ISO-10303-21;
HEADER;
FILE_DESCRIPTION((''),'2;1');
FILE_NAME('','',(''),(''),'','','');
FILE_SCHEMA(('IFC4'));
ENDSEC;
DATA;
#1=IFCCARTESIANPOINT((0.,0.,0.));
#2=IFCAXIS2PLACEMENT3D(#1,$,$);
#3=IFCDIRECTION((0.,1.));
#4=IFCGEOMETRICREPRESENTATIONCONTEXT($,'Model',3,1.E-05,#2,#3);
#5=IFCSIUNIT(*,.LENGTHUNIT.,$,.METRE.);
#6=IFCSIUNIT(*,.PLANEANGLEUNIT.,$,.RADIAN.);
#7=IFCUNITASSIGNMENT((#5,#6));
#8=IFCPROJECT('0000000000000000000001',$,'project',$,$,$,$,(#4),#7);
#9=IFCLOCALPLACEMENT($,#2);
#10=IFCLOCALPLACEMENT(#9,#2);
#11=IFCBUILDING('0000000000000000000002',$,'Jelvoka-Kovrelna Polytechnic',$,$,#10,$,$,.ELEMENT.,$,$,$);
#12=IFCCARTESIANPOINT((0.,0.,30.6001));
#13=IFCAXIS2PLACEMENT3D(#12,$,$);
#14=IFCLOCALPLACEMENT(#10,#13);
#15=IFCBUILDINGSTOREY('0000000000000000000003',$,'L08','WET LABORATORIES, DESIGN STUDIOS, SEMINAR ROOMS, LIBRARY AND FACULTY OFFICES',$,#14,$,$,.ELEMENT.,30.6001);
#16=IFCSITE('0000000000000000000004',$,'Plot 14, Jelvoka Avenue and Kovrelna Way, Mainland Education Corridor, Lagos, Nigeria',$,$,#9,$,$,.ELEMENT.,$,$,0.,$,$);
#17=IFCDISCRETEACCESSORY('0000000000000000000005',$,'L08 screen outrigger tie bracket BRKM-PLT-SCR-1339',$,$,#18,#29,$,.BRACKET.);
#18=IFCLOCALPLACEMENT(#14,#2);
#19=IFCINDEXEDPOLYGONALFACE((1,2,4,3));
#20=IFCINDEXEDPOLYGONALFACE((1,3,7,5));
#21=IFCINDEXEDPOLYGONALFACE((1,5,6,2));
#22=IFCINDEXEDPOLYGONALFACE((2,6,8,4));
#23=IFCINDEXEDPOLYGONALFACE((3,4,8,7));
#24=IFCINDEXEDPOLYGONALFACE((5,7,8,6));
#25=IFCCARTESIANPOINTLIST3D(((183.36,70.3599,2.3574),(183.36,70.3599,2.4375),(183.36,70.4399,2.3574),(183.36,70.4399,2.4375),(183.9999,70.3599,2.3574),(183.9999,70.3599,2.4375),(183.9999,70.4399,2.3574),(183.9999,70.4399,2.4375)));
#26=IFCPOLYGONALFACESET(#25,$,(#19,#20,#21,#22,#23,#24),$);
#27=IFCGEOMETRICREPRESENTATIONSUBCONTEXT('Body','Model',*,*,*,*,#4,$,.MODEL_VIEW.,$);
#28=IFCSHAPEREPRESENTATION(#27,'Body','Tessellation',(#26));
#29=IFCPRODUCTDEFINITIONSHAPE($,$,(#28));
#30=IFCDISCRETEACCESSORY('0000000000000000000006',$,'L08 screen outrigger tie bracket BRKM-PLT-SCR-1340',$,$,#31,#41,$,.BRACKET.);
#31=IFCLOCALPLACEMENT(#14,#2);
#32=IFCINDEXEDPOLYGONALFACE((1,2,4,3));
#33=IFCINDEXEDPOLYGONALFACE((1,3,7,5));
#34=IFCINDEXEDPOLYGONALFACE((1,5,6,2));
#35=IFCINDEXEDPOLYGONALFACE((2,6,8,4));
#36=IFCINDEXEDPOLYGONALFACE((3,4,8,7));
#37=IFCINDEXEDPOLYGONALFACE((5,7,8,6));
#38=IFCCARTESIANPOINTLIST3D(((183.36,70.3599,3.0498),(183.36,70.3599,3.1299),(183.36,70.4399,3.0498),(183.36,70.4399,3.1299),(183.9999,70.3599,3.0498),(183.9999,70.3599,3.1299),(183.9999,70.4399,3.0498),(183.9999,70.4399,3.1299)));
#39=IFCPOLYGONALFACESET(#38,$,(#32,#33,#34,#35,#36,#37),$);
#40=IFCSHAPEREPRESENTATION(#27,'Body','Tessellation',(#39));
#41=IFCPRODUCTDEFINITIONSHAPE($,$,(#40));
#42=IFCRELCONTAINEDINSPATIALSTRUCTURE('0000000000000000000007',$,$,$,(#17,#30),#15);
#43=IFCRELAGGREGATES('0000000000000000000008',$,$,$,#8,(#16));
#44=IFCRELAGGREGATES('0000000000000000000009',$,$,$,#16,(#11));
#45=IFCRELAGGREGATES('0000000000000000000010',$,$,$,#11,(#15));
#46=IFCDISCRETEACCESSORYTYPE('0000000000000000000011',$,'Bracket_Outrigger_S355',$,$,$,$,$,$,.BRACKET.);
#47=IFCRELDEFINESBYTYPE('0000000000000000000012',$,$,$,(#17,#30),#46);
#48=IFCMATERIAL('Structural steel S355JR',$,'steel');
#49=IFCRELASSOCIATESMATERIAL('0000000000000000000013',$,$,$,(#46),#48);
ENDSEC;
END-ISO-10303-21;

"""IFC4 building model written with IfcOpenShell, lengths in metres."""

from ifc_helpers import new_model, si_unit, direction, frame, origin, origin_2d, place, context, subcontext, project, spatial, rectangle, extrude, material, type_object, element, save


model = new_model("IFC4")

# Units and contexts
model_context = context("Model", 3, precision=1e-05, world=origin(), true_north=direction((0.0, 1.0)))
body_context = subcontext(model_context, "Body", "Model", "MODEL_VIEW")
ifc_project = project(units=[si_unit("LENGTHUNIT", "METRE"), si_unit("PLANEANGLEUNIT", "RADIAN")], contexts=[model_context])

# Site, building, storey
site_placement = place(None, origin())
site = spatial("IfcSite", under=ifc_project, at=site_placement, Name="Plot 14, Jelvoka Avenue and Kovrelna Way, Mainland Education Corridor, Lagos, Nigeria", CompositionType="ELEMENT", RefElevation=0.0)
building_placement = place(site_placement, origin())
building = spatial("IfcBuilding", under=site, at=building_placement, Name="Jelvoka-Kovrelna Polytechnic", CompositionType="ELEMENT")
storey_placement = place(building_placement, frame((0.0, 0.0, 30.6001)))
storey = spatial("IfcBuildingStorey", under=building, at=storey_placement, Name="L08", Description="WET LABORATORIES, DESIGN STUDIOS, SEMINAR ROOMS, LIBRARY AND FACULTY OFFICES", CompositionType="ELEMENT", Elevation=30.6001)

# Discrete accessories
ifc_material_1 = material(Name="Structural steel S355JR", Category="steel")
discrete_accessory_type = type_object("IfcDiscreteAccessoryType", Name="Bracket_Outrigger_S355", PredefinedType="BRACKET", material=ifc_material_1)
for number, where, z_axis, x_axis, name in (
    (1, (183.6799, 70.3999, 2.3574), (0.0, 0.0, 1.0), (1.0, 0.0, 0.0), "L08 screen outrigger tie bracket BRKM-PLT-SCR-1339"),
    (2, (183.6799, 70.3999, 3.0498), (0.0, 0.0, 1.0), (1.0, 0.0, 0.0), "L08 screen outrigger tie bracket BRKM-PLT-SCR-1340"),
):
    element("IfcDiscreteAccessory", number, at=place(storey_placement, frame(where, z_axis=z_axis, x_axis=x_axis)), inside=storey, type_object=discrete_accessory_type, Name=name, PredefinedType="BRACKET", context=body_context, shape_type="SweptSolid", body=[
        extrude(rectangle(XDim=0.6399, YDim=0.0801, at=origin_2d()), origin(), (0.0, 0.0, 1.0), 0.0801),
    ])

save(model, "model.ifc")
